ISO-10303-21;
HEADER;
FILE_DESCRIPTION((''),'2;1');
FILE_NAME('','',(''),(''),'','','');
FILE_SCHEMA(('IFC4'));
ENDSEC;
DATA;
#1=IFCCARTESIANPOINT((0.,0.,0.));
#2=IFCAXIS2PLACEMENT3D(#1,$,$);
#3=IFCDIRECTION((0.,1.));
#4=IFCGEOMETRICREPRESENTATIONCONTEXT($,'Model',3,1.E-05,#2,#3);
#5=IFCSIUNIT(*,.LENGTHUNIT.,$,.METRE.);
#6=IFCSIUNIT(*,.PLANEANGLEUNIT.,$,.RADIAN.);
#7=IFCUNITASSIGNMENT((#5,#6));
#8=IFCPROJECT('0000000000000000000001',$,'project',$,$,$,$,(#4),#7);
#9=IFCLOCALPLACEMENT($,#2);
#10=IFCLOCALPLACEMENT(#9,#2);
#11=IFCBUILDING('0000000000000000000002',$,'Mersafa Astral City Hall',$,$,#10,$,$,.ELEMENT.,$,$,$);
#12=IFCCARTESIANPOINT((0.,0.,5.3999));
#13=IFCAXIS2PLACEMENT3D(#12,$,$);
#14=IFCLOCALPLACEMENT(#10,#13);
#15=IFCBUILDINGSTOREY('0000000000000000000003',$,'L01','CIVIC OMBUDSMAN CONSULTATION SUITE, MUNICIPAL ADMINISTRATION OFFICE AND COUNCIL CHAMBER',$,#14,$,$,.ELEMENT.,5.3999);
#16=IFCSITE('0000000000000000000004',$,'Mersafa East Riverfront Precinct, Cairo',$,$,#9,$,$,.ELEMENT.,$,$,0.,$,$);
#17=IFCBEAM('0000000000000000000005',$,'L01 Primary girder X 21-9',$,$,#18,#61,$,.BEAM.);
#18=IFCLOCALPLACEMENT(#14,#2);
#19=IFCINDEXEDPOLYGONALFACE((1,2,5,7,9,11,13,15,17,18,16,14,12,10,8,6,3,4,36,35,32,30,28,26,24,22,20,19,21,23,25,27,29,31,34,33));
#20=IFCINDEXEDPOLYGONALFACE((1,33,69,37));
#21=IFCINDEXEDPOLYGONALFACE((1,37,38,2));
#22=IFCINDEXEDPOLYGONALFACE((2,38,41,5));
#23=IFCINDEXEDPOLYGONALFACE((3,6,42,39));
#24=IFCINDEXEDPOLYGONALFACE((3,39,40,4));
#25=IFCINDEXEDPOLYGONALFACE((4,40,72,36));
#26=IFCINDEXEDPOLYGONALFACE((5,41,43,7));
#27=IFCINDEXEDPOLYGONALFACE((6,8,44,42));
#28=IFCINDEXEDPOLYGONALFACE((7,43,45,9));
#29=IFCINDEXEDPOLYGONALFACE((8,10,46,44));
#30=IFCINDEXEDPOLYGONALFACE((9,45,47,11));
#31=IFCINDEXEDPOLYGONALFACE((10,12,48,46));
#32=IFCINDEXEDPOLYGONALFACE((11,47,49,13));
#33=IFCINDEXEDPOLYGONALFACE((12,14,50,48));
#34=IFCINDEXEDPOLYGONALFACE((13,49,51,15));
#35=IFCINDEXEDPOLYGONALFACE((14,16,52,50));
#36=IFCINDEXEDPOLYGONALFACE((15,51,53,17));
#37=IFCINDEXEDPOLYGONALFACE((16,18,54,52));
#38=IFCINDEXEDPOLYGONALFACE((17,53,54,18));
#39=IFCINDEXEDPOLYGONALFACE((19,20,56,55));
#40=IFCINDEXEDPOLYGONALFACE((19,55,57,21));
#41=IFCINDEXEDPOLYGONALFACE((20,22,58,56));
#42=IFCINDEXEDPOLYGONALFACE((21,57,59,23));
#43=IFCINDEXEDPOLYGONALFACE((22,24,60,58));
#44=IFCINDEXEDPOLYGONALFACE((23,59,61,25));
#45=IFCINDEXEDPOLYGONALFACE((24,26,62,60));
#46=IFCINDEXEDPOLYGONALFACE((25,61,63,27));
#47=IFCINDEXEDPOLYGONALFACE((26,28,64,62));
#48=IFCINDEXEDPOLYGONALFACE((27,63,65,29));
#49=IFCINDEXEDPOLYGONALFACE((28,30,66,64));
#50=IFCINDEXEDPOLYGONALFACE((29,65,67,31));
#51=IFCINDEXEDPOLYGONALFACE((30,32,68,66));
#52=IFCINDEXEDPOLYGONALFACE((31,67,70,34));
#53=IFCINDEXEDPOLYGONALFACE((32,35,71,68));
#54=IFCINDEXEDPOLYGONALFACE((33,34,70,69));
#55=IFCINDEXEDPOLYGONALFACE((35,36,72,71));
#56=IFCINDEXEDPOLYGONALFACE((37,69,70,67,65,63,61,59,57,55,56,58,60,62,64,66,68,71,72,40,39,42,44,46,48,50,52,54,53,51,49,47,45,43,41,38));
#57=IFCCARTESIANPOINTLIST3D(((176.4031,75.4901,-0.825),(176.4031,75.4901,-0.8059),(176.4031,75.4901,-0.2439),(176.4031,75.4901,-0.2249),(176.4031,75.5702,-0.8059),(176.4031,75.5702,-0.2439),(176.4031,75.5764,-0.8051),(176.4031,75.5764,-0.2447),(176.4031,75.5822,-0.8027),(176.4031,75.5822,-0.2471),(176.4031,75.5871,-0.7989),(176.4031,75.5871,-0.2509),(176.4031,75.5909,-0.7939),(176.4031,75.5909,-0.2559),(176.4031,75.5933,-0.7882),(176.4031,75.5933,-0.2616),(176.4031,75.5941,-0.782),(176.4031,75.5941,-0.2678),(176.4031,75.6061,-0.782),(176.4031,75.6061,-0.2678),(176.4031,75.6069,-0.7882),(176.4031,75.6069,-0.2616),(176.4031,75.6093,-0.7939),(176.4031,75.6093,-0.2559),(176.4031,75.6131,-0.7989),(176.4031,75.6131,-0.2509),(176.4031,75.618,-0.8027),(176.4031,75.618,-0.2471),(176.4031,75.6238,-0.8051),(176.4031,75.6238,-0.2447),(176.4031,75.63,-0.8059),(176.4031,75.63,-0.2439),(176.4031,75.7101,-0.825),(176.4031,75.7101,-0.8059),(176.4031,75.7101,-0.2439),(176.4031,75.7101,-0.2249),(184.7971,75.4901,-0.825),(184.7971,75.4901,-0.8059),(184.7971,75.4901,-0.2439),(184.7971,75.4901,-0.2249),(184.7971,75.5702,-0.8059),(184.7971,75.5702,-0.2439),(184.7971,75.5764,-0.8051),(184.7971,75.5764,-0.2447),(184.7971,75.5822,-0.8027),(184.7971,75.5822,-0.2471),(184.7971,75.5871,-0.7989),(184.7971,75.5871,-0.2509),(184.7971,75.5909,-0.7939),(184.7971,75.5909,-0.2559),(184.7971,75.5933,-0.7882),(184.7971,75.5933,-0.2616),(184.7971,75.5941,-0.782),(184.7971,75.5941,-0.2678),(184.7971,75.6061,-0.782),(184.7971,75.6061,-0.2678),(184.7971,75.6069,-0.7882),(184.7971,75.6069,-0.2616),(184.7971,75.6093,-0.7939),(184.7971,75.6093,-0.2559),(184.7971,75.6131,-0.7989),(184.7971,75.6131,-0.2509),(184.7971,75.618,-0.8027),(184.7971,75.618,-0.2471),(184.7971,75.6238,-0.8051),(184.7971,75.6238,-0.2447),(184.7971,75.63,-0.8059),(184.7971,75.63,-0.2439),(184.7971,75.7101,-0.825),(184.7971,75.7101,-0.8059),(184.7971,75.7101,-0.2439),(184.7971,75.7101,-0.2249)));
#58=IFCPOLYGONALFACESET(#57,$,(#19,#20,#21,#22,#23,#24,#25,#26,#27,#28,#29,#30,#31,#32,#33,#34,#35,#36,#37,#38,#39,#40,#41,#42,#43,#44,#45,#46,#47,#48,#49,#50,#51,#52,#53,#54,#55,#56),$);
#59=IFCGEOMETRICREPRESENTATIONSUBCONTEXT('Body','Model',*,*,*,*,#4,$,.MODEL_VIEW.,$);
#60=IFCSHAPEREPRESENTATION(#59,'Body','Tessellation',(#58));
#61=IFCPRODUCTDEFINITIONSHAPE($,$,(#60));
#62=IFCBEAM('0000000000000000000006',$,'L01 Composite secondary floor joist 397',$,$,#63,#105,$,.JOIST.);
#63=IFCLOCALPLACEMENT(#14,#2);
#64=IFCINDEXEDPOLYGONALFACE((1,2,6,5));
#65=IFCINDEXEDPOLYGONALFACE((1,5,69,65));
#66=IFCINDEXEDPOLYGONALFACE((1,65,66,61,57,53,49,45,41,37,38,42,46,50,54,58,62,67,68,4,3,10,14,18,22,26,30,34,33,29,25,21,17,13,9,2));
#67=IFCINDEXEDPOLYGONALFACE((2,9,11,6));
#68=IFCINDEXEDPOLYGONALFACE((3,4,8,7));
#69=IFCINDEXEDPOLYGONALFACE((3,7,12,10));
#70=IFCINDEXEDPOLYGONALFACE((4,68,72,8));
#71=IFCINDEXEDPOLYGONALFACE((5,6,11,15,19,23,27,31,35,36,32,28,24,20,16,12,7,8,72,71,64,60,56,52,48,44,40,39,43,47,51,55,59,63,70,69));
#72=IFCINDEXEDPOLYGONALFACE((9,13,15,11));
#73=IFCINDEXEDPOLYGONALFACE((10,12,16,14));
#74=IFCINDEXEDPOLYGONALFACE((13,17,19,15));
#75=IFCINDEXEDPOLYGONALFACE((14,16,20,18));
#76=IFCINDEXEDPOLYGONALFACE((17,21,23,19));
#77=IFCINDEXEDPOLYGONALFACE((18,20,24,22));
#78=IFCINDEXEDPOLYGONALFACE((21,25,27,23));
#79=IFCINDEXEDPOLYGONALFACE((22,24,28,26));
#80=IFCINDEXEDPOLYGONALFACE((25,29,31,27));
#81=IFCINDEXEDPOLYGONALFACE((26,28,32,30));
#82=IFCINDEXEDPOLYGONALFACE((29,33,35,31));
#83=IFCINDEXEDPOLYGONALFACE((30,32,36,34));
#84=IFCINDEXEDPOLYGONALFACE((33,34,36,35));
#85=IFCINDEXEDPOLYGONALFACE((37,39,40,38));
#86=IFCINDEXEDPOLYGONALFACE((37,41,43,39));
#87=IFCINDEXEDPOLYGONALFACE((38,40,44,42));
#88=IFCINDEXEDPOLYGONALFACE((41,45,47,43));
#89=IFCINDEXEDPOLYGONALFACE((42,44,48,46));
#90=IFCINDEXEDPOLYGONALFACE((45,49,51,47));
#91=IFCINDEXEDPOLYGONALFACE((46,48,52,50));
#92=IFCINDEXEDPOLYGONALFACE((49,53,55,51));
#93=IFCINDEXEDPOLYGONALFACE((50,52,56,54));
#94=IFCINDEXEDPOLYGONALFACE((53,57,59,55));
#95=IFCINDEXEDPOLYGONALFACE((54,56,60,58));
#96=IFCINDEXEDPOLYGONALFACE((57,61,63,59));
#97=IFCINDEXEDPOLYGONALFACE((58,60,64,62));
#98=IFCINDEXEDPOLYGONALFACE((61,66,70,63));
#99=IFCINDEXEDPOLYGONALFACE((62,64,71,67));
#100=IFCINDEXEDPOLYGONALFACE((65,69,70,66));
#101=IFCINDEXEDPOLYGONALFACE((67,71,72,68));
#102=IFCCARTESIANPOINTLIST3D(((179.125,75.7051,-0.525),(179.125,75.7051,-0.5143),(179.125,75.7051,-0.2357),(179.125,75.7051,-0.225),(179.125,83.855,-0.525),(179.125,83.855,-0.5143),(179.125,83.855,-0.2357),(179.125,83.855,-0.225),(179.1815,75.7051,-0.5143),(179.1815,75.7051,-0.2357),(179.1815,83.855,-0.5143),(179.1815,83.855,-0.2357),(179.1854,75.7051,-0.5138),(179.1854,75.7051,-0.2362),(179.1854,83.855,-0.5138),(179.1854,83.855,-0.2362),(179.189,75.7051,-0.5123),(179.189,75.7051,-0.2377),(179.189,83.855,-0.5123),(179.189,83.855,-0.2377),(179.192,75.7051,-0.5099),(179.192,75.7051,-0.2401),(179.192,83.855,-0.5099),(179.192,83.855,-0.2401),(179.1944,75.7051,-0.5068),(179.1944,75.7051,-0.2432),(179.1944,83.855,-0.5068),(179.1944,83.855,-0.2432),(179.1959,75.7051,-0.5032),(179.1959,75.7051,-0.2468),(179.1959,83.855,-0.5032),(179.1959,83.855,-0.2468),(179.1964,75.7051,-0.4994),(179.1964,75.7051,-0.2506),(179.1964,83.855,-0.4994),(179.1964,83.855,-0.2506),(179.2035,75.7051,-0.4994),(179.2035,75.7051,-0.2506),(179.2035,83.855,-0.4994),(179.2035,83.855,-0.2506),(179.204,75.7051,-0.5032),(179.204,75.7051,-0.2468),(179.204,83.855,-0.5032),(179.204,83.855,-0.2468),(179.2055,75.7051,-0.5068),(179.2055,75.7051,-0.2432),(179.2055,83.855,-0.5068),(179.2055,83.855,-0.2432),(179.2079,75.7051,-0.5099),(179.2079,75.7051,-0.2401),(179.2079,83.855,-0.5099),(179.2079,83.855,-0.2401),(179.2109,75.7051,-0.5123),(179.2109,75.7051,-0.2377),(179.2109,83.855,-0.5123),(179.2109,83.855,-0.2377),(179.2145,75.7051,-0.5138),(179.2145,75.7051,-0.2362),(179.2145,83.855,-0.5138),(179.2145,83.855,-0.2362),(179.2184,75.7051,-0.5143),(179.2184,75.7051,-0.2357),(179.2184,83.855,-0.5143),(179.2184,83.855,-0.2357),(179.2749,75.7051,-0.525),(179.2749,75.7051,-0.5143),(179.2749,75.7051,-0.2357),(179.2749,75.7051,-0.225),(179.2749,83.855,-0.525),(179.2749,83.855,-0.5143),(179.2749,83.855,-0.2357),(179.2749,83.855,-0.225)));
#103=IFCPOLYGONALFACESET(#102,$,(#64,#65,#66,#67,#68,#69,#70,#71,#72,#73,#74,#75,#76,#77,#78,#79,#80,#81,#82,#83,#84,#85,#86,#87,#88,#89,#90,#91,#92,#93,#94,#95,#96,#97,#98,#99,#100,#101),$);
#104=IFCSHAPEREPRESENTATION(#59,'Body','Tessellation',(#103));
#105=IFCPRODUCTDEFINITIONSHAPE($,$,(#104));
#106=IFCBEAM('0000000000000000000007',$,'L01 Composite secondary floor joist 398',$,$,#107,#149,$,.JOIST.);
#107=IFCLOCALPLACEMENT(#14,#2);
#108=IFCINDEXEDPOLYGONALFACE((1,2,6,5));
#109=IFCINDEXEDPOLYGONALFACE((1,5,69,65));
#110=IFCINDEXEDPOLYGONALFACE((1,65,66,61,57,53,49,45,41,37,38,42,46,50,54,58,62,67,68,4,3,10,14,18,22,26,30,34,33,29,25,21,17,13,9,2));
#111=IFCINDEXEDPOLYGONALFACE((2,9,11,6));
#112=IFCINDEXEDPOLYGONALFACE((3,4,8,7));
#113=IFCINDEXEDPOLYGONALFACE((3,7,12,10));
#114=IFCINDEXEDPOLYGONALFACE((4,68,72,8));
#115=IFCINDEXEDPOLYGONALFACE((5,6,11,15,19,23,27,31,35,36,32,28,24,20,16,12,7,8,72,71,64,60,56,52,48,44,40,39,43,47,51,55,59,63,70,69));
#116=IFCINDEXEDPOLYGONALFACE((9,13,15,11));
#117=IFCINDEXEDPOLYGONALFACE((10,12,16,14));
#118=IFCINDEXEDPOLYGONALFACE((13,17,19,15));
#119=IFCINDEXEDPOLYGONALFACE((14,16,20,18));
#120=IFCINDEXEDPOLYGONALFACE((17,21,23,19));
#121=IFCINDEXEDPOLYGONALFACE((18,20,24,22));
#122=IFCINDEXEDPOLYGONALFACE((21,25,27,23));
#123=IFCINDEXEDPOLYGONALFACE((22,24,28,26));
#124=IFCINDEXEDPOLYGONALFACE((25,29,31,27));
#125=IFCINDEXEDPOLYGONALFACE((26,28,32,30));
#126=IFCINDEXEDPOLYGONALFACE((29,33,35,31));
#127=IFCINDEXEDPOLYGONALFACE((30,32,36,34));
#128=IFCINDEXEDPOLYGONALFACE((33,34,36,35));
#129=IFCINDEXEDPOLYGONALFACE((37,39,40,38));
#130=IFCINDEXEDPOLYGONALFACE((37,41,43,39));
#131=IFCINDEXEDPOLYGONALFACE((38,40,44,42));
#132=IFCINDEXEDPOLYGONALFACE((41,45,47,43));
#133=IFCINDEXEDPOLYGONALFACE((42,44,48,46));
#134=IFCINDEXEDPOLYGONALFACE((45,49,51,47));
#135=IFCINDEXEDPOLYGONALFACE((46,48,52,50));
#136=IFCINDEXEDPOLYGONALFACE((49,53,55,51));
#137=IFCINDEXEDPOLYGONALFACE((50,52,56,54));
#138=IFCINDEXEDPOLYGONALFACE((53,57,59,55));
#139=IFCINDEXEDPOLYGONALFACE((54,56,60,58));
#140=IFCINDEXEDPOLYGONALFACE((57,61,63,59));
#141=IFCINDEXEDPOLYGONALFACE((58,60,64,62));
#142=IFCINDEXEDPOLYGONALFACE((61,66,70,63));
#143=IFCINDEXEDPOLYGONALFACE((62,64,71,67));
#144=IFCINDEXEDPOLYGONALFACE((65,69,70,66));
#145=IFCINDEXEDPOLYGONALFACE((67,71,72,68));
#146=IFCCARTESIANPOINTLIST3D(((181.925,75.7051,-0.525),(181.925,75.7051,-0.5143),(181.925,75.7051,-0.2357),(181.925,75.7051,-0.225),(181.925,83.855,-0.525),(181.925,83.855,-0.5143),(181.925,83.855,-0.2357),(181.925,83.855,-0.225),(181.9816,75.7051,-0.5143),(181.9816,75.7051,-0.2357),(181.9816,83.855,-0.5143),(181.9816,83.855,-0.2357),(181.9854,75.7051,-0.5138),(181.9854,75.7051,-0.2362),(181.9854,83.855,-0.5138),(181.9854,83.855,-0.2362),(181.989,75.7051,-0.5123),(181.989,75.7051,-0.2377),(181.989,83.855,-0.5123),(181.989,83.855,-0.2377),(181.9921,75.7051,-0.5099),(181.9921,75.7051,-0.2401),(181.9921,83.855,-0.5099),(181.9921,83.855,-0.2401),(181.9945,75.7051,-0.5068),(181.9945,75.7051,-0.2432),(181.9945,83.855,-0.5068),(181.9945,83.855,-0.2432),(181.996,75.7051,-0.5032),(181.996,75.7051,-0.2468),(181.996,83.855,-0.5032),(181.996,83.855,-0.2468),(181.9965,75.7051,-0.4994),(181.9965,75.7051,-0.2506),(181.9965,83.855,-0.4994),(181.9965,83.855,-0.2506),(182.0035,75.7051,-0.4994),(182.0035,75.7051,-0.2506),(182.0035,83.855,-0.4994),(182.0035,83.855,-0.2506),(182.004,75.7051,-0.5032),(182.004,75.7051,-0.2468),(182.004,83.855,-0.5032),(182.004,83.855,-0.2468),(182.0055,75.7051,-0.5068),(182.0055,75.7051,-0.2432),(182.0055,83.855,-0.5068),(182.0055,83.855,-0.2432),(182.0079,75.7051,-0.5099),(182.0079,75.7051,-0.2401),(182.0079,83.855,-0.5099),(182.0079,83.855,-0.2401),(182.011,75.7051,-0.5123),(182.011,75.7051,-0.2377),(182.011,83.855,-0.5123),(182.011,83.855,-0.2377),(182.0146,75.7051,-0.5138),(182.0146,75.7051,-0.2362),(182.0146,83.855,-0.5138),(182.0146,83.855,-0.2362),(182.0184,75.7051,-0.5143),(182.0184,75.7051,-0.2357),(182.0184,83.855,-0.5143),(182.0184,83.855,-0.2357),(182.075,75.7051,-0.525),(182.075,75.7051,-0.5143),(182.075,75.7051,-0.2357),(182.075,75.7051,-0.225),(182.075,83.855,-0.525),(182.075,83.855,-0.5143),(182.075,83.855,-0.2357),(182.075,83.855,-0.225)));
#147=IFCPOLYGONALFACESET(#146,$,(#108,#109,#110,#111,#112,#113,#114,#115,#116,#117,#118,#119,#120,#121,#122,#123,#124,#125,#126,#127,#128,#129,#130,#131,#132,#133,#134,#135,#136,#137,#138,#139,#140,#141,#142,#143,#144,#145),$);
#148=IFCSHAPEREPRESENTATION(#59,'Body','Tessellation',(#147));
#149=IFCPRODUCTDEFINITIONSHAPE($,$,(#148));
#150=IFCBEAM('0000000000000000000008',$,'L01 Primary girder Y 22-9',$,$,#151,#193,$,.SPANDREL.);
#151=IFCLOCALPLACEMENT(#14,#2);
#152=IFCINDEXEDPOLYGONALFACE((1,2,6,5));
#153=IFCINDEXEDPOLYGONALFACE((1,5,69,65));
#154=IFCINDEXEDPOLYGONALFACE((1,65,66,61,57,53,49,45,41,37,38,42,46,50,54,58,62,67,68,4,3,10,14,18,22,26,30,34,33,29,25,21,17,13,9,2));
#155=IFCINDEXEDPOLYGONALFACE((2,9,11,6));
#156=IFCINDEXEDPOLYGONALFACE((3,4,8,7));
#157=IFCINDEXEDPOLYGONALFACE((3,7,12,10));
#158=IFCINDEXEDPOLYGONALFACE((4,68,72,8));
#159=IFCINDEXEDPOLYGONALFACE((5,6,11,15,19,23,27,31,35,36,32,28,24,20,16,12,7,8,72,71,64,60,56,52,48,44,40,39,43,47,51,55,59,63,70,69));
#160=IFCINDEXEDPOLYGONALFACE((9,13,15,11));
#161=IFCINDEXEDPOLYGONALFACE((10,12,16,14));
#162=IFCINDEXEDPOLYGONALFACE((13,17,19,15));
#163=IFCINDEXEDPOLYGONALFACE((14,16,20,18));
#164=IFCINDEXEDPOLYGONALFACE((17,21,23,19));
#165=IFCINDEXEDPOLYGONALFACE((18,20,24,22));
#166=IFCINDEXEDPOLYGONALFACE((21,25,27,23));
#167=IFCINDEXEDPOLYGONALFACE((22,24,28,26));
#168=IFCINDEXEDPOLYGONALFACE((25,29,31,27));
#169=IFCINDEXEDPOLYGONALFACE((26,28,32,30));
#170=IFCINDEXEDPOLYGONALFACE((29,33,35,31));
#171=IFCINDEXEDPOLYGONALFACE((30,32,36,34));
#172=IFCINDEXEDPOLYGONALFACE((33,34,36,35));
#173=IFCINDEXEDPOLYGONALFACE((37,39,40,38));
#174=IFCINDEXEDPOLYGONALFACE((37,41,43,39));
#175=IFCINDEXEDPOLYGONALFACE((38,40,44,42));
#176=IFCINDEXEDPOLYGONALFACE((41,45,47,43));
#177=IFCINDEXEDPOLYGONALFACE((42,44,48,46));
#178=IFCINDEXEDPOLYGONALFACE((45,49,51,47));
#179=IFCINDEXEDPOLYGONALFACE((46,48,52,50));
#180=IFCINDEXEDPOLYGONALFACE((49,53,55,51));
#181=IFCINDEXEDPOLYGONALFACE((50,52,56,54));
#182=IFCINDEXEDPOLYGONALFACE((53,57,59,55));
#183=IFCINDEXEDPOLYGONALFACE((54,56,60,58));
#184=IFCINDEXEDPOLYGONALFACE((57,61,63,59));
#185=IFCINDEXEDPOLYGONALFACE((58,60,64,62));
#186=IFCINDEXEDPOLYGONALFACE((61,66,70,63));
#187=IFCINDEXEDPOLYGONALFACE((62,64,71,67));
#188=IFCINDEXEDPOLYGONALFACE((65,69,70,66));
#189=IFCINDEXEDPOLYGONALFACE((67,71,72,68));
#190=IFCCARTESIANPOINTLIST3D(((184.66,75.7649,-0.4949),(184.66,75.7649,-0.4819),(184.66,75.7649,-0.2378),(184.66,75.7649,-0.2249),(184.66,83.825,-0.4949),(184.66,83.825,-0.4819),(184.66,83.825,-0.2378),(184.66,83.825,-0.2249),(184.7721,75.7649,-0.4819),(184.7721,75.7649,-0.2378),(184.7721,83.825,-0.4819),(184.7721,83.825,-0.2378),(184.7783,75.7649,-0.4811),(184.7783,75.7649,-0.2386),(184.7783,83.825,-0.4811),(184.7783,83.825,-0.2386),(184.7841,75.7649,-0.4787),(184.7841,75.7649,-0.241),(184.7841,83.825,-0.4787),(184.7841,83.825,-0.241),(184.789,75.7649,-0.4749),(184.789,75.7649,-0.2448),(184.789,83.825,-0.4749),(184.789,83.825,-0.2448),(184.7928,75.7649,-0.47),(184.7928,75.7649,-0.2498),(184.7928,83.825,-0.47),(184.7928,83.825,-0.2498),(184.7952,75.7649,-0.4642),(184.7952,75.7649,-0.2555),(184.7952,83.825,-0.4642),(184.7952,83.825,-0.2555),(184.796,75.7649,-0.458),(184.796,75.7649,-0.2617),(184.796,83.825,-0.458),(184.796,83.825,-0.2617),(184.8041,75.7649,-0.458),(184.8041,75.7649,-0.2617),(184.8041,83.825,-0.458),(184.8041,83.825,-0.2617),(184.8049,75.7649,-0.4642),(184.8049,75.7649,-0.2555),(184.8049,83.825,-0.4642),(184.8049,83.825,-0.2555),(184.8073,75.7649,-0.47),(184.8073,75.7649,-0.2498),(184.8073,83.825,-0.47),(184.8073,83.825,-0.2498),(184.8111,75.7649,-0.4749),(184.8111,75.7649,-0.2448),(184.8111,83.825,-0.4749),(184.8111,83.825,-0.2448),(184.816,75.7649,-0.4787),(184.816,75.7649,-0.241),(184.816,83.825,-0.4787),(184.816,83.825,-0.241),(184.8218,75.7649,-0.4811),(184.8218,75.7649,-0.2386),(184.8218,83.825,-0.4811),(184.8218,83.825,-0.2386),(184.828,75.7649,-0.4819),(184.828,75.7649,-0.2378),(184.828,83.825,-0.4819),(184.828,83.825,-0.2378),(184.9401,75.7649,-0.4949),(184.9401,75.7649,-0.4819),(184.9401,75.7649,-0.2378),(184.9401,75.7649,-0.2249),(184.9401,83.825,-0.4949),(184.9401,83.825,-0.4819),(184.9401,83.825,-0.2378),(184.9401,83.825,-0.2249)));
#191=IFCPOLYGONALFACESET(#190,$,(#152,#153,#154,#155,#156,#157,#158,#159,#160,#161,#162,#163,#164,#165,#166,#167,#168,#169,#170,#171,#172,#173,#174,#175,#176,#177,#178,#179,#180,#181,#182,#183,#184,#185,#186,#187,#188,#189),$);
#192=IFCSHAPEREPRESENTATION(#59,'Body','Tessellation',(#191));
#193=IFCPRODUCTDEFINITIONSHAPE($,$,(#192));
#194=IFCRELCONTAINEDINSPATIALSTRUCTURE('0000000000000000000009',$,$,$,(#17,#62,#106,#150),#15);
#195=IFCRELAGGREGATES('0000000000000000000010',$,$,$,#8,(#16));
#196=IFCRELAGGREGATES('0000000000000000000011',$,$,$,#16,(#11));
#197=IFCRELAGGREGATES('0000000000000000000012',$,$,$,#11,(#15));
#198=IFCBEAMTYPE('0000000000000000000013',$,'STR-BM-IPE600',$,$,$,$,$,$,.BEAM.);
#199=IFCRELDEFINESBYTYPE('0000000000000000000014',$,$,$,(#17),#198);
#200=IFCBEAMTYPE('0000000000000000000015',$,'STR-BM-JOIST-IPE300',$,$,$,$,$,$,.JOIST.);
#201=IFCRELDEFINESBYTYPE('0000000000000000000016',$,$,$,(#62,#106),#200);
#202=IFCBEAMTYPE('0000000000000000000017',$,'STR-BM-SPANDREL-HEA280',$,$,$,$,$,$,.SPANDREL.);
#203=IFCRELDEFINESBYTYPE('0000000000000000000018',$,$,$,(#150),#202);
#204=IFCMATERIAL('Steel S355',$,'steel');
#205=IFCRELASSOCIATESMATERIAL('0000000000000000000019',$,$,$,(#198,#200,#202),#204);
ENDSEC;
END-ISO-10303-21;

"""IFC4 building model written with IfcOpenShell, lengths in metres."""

from ifc_helpers import new_model, si_unit, direction, frame, origin, origin_2d, place, context, subcontext, project, spatial, i_section, extrude, material, material_profile, profile_set, type_object, element, save


model = new_model("IFC4")

# Units and contexts
model_context = context("Model", 3, precision=1e-05, world=origin(), true_north=direction((0.0, 1.0)))
body_context = subcontext(model_context, "Body", "Model", "MODEL_VIEW")
ifc_project = project(units=[si_unit("LENGTHUNIT", "METRE"), si_unit("PLANEANGLEUNIT", "RADIAN")], contexts=[model_context])

# Site, building, storey
site_placement = place(None, origin())
site = spatial("IfcSite", under=ifc_project, at=site_placement, Name="Mersafa East Riverfront Precinct, Cairo", CompositionType="ELEMENT", RefElevation=0.0)
building_placement = place(site_placement, origin())
building = spatial("IfcBuilding", under=site, at=building_placement, Name="Mersafa Astral City Hall", CompositionType="ELEMENT")
storey_placement = place(building_placement, frame((0.0, 0.0, 5.3999)))
storey = spatial("IfcBuildingStorey", under=building, at=storey_placement, Name="L01", Description="CIVIC OMBUDSMAN CONSULTATION SUITE, MUNICIPAL ADMINISTRATION OFFICE AND COUNCIL CHAMBER", CompositionType="ELEMENT", Elevation=5.3999)

# Shared definitions
ifc_material_1 = material(Name="Steel S355", Category="steel")

# Beams
ifc_material_profile_1 = material_profile(ifc_material_1, i_section(OverallWidth=0.22, OverallDepth=0.6001, WebThickness=0.012, FlangeThickness=0.019, FilletRadius=0.0239, at=origin_2d()), Name="IPE 600")
ifc_profile_set_1 = profile_set([ifc_material_profile_1], Name="Steel S355")
beam_type_1 = type_object("IfcBeamType", Name="STR-BM-IPE600", PredefinedType="BEAM", material=ifc_profile_set_1)
beam_1_placement = place(storey_placement, frame((176.4031, 75.6001, -0.5249), z_axis=(1.0, 0.0, 0.0), x_axis=(0.0, 1.0, 0.0)))
element("IfcBeam", 1, at=beam_1_placement, inside=storey, type_object=beam_type_1, Name="L01 Primary girder X 21-9", PredefinedType="BEAM", context=body_context, shape_type="SweptSolid", body=[
    extrude(i_section(OverallWidth=0.22, OverallDepth=0.6001, WebThickness=0.012, FlangeThickness=0.019, FilletRadius=0.0239, at=origin_2d()), origin(), (0.0, 0.0, 1.0), 8.394),
])
ifc_material_profile_2 = material_profile(ifc_material_1, i_section(OverallWidth=0.1499, OverallDepth=0.3, WebThickness=0.0071, FlangeThickness=0.0107, FilletRadius=0.0149, at=origin_2d()), Name="IPE 300")
ifc_profile_set_2 = profile_set([ifc_material_profile_2], Name="Steel S355")
beam_type_2 = type_object("IfcBeamType", Name="STR-BM-JOIST-IPE300", PredefinedType="JOIST", material=ifc_profile_set_2)
for number, where, z_axis, x_axis, name in (
    (2, (179.2, 75.7051, -0.375), (0.0, 1.0, 0.0), (-1.0, 0.0, 0.0), "L01 Composite secondary floor joist 397"),
    (3, (182.0, 75.7051, -0.375), (0.0, 1.0, 0.0), (-1.0, 0.0, 0.0), "L01 Composite secondary floor joist 398"),
):
    element("IfcBeam", number, at=place(storey_placement, frame(where, z_axis=z_axis, x_axis=x_axis)), inside=storey, type_object=beam_type_2, Name=name, PredefinedType="JOIST", context=body_context, shape_type="SweptSolid", body=[
        extrude(i_section(OverallWidth=0.1499, OverallDepth=0.3, WebThickness=0.0071, FlangeThickness=0.0107, FilletRadius=0.0149, at=origin_2d()), origin(), (0.0, 0.0, 1.0), 8.1499),
    ])
ifc_material_profile_3 = material_profile(ifc_material_1, i_section(OverallWidth=0.28, OverallDepth=0.27, WebThickness=0.0081, FlangeThickness=0.0129, FilletRadius=0.0239, at=origin_2d()), Name="HEA 280")
ifc_profile_set_3 = profile_set([ifc_material_profile_3], Name="Steel S355")
beam_type_3 = type_object("IfcBeamType", Name="STR-BM-SPANDREL-HEA280", PredefinedType="SPANDREL", material=ifc_profile_set_3)
beam_2_placement = place(storey_placement, frame((184.8, 75.7649, -0.3599), z_axis=(0.0, 1.0, 0.0), x_axis=(-1.0, 0.0, 0.0)))
element("IfcBeam", 4, at=beam_2_placement, inside=storey, type_object=beam_type_3, Name="L01 Primary girder Y 22-9", PredefinedType="SPANDREL", context=body_context, shape_type="SweptSolid", body=[
    extrude(i_section(OverallWidth=0.28, OverallDepth=0.27, WebThickness=0.0081, FlangeThickness=0.0129, FilletRadius=0.0239, at=origin_2d()), origin(), (0.0, 0.0, 1.0), 8.0601),
])

save(model, "model.ifc")
